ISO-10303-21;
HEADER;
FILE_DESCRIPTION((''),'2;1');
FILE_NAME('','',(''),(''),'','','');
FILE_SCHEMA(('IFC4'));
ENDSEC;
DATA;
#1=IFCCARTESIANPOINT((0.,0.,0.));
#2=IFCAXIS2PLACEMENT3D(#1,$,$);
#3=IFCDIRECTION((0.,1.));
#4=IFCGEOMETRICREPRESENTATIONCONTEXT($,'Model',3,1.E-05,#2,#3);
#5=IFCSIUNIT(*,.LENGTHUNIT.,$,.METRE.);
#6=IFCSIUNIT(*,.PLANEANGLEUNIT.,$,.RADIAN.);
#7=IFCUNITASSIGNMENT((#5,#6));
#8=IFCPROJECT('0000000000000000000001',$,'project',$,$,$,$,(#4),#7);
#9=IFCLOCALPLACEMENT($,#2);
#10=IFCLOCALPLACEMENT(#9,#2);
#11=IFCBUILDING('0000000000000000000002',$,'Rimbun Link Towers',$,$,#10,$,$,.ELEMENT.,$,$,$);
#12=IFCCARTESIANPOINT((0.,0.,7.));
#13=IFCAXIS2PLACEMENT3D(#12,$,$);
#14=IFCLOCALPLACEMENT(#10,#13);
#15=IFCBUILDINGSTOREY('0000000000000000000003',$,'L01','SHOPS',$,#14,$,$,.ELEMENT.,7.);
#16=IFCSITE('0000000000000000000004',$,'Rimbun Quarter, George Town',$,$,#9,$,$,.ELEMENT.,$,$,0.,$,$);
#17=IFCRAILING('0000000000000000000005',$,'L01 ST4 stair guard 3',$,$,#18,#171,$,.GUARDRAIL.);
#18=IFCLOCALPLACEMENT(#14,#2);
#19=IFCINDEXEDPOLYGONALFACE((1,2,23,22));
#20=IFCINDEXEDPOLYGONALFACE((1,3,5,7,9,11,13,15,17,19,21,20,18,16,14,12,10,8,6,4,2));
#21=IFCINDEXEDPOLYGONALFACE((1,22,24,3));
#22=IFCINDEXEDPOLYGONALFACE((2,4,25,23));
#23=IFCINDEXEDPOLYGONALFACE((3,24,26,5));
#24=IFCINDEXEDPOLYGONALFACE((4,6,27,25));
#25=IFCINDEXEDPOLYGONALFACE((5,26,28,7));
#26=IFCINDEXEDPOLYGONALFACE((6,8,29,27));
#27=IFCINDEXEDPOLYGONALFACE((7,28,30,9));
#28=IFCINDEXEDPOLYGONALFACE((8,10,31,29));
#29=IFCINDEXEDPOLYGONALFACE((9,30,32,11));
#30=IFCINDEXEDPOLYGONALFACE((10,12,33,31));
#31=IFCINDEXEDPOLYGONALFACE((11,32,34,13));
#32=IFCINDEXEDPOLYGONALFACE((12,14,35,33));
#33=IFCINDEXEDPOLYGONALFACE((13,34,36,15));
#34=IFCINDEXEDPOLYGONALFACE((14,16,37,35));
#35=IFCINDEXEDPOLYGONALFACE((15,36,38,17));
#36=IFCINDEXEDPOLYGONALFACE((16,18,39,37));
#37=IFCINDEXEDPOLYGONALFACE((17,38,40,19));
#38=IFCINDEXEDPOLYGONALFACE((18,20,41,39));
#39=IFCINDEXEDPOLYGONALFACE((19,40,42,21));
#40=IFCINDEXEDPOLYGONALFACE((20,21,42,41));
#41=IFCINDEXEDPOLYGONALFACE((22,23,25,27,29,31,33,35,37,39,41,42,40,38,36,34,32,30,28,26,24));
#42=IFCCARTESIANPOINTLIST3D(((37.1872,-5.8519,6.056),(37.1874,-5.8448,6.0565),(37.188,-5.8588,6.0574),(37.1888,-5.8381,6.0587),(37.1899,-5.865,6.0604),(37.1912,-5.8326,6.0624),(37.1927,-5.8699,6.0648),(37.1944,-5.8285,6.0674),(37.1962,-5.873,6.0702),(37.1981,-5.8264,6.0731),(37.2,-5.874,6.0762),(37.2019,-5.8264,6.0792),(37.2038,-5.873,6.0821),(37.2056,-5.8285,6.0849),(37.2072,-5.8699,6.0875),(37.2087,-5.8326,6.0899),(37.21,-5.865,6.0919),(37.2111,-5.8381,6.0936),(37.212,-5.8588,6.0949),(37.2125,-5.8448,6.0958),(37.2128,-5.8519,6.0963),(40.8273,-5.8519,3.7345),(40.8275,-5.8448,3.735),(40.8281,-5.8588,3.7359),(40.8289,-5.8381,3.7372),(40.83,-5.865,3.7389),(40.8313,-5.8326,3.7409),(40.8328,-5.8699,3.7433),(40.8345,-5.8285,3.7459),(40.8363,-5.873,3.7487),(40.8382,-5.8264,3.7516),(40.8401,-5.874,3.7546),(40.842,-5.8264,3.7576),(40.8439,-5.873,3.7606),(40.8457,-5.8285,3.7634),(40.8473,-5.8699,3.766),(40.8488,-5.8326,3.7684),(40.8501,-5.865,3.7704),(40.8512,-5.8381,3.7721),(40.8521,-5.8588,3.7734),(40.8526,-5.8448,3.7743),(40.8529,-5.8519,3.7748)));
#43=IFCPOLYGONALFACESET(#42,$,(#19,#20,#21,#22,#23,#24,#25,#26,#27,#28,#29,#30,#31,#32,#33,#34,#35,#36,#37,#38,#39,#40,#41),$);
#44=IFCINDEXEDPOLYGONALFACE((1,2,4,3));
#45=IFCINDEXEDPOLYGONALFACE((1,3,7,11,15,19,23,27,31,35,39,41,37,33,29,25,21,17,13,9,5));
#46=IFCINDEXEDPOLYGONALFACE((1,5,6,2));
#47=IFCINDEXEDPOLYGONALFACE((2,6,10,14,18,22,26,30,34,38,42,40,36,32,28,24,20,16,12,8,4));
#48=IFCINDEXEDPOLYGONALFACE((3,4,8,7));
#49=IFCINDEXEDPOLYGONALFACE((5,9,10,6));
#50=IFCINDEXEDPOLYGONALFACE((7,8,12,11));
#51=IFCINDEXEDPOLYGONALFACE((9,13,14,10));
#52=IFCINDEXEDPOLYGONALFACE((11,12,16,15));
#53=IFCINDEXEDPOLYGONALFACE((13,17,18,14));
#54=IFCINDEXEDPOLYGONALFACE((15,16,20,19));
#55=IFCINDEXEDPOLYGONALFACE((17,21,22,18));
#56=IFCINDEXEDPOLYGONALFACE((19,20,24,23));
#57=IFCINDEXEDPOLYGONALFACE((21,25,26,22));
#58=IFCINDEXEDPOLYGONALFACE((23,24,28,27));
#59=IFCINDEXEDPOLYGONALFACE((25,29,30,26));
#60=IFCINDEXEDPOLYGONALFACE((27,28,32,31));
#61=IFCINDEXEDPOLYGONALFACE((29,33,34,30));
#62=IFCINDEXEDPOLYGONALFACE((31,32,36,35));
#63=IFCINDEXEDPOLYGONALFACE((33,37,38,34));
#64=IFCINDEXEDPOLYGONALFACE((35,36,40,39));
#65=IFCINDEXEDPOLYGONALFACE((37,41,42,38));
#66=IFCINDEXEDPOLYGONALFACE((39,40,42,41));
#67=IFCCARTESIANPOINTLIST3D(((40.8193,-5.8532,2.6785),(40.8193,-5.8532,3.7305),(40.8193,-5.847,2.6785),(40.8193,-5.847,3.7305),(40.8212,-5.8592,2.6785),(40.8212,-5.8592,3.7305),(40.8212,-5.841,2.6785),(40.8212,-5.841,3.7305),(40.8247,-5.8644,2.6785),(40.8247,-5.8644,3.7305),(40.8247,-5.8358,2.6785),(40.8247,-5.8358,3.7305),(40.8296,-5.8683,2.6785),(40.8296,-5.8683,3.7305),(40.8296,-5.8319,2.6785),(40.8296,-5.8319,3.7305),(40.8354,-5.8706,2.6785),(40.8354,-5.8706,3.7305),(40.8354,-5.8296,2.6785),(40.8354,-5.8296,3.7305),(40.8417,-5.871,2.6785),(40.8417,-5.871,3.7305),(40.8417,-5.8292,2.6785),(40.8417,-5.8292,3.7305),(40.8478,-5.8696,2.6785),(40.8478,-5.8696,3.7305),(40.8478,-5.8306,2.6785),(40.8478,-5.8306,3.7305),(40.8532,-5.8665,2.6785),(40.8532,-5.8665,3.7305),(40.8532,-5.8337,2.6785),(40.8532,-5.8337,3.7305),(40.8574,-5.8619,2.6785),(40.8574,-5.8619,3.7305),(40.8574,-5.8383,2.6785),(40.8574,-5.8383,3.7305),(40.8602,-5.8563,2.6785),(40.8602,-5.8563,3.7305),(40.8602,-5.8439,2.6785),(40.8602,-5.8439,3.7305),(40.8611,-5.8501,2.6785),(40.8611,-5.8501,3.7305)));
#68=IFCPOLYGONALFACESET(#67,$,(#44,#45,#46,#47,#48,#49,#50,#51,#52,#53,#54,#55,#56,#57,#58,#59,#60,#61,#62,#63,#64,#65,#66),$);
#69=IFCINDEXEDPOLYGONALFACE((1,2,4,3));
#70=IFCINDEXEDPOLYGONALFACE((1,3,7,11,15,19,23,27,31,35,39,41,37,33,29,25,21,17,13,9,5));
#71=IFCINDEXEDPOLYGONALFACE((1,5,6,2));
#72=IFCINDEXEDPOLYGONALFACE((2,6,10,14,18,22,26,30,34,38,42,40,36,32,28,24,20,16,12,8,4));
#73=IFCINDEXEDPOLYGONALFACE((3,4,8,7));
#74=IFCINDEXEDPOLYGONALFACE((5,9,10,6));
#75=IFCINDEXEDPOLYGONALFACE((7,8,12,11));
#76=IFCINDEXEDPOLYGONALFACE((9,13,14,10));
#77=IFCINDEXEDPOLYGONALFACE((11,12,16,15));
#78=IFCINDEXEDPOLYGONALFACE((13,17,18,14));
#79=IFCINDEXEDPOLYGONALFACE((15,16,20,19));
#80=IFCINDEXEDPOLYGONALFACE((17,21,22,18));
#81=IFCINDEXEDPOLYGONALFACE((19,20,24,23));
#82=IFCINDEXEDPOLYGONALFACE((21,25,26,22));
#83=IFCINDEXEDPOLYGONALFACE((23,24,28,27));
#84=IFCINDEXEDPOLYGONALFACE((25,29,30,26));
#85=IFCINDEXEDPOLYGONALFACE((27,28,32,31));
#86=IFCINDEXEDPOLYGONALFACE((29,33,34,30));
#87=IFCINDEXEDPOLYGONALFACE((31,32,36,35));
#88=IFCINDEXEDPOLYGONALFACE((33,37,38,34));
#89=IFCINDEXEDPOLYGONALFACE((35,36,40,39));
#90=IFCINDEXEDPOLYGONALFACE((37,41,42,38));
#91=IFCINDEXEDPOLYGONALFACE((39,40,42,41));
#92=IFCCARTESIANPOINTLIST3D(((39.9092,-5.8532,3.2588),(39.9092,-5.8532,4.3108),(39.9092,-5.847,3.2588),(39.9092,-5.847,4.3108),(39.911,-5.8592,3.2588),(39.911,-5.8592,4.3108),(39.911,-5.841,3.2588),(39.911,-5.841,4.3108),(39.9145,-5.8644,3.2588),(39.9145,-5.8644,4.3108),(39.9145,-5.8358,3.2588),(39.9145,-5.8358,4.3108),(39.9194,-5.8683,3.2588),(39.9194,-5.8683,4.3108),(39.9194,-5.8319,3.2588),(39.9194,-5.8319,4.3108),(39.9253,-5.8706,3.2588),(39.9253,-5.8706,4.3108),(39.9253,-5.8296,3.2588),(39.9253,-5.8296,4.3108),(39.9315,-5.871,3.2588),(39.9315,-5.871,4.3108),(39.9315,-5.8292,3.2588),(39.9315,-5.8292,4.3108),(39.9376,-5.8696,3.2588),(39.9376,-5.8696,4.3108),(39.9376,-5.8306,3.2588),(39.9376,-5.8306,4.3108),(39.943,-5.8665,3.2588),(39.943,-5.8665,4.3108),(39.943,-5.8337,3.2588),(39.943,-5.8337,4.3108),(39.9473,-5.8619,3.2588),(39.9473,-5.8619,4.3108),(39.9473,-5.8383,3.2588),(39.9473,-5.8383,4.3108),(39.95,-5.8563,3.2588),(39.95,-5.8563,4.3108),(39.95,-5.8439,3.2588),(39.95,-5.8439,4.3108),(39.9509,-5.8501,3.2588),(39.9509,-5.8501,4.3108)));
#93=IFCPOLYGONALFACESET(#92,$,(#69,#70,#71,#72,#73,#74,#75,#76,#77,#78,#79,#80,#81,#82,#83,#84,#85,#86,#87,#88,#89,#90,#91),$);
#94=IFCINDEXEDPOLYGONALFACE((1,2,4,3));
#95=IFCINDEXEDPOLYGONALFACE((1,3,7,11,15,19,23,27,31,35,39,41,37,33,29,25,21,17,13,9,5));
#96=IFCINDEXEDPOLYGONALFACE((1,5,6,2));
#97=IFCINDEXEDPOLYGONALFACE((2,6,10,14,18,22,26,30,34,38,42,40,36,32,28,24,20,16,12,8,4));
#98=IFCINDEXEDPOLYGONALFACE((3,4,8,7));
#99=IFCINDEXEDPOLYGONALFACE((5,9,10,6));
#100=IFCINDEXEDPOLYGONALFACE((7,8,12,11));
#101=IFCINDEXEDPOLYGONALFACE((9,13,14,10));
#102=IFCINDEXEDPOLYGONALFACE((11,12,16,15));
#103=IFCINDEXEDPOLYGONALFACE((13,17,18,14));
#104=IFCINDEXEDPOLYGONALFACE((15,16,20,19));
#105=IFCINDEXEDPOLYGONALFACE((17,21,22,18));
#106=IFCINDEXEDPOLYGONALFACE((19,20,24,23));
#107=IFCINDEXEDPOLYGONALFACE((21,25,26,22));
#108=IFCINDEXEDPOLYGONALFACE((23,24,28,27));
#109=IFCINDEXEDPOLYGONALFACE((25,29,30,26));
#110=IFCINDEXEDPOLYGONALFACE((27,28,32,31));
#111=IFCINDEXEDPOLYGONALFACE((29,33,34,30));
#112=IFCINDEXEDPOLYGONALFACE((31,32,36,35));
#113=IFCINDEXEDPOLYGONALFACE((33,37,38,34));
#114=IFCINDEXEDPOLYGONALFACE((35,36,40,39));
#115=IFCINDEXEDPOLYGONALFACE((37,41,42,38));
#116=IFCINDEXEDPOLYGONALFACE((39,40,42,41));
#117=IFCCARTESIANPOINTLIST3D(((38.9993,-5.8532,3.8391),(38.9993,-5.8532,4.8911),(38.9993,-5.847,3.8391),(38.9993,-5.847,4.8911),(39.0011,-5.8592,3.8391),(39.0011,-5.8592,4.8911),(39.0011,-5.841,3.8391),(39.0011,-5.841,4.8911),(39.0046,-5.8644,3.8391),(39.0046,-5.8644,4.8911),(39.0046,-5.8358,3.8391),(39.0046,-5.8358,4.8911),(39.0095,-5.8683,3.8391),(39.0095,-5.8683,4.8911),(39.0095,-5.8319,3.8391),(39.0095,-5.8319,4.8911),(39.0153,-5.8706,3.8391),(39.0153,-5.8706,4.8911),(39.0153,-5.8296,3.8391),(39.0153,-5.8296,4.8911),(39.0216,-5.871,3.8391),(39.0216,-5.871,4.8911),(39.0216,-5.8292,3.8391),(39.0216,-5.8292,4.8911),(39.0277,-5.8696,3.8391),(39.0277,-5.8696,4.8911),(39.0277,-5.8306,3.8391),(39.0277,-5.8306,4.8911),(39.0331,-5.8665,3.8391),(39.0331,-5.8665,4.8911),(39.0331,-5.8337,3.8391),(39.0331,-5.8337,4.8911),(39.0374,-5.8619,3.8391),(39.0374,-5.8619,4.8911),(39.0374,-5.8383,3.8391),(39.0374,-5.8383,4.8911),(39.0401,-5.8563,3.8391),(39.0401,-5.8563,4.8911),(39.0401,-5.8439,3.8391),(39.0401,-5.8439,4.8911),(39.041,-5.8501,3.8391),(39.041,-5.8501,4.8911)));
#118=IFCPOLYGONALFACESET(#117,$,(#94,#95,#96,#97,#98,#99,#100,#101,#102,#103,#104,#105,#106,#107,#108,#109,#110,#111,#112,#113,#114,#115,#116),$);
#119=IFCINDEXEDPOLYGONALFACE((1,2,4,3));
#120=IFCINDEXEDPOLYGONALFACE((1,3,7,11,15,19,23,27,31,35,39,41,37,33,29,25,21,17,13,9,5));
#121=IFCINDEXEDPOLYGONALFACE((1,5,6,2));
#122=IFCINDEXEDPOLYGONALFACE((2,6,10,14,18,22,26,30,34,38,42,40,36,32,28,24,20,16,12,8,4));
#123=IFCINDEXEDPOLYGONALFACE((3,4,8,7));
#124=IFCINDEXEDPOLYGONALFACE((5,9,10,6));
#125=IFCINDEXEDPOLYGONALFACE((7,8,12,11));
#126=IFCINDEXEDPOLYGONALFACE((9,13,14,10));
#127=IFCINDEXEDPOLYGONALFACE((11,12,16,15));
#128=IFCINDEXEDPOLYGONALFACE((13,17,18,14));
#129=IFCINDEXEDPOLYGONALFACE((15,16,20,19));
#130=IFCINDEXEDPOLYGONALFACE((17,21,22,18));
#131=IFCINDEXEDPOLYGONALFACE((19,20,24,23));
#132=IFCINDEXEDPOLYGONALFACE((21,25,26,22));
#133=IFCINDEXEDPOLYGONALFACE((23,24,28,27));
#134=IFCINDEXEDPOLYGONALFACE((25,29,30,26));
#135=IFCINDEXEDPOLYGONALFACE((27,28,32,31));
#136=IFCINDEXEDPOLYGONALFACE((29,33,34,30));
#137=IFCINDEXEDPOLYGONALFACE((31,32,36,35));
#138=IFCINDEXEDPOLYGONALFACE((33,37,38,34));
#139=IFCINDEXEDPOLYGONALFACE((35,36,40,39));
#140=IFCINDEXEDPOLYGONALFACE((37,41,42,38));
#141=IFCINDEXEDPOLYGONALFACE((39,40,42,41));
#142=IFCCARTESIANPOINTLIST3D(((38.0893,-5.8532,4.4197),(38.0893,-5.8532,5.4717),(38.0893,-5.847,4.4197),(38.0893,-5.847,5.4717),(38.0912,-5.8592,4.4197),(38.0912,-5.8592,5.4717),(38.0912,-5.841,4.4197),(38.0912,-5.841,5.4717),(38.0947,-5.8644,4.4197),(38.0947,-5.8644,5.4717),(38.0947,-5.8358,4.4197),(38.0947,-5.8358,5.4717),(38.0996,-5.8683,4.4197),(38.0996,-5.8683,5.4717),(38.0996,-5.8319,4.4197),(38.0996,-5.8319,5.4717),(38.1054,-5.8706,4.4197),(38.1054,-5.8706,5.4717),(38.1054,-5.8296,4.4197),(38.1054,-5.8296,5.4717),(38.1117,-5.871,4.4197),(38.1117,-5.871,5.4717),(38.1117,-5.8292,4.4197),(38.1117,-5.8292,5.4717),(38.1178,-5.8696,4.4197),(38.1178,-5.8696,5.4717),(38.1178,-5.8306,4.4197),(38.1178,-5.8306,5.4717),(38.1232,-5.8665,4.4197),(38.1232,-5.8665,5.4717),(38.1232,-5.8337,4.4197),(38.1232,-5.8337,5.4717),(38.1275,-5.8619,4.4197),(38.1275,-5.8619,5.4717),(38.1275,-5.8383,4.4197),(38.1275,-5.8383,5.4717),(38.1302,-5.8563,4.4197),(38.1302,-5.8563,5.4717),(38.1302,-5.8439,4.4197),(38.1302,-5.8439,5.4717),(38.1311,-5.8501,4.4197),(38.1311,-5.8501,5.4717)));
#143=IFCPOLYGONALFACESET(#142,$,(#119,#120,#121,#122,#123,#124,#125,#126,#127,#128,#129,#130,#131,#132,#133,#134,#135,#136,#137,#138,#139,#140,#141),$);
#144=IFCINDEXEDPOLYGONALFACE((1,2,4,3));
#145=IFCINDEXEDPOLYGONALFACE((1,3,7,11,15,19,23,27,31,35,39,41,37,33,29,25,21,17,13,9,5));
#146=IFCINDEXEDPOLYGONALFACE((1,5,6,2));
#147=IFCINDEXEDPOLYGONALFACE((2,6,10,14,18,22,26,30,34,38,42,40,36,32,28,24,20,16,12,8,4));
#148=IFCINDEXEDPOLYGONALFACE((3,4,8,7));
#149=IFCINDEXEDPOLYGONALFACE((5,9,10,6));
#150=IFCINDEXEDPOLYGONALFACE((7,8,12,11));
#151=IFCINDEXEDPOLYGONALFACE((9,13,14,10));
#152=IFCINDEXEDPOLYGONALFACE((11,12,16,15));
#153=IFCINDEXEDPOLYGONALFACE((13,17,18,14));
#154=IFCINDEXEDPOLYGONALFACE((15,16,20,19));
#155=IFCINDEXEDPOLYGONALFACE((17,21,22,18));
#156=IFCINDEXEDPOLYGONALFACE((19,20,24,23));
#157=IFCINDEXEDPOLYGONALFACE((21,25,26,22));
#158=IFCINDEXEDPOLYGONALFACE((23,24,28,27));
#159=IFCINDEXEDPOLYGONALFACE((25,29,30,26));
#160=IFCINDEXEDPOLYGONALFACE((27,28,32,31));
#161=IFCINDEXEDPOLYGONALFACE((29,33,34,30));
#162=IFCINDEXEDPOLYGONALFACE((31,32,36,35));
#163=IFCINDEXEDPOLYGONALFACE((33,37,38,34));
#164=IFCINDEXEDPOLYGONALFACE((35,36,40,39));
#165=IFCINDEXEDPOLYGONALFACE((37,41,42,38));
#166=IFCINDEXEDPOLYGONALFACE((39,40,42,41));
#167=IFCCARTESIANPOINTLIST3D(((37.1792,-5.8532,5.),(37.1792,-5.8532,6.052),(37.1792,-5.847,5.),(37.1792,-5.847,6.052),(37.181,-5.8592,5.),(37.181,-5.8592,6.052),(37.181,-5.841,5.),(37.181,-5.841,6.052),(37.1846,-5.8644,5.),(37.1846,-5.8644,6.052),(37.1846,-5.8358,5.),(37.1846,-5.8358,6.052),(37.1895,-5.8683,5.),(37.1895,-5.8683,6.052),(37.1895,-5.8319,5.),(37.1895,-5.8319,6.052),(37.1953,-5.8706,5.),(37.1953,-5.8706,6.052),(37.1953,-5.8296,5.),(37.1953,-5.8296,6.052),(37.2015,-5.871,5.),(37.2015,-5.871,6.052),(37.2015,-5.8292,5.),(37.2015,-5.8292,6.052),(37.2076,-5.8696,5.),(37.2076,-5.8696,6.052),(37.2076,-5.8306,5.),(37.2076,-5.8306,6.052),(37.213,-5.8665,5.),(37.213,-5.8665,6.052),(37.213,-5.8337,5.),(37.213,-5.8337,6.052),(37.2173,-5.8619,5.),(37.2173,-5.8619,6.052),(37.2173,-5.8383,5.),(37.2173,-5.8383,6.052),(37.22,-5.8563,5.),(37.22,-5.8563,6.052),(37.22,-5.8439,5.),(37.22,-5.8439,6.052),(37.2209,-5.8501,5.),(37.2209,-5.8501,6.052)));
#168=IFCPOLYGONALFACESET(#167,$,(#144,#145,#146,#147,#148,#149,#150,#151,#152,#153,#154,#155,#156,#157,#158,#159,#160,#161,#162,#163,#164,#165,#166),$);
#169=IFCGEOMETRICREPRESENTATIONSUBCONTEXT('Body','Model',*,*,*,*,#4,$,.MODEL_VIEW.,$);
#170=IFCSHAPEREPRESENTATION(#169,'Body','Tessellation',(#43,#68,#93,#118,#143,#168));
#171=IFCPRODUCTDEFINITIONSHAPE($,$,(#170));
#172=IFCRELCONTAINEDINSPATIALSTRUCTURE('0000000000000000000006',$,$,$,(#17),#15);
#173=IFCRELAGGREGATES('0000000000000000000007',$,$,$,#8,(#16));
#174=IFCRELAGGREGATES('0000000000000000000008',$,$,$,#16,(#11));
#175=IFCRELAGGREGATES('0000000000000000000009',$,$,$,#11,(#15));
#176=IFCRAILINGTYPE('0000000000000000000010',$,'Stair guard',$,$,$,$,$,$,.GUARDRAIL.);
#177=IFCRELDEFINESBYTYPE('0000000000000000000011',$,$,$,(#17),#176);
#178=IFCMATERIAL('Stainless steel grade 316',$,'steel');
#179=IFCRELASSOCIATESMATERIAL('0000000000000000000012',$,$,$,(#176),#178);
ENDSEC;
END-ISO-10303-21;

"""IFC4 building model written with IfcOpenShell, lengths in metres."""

from ifc_helpers import new_model, si_unit, direction, frame, origin, origin_2d, place, context, subcontext, project, spatial, circle, extrude, material, type_object, element, save


model = new_model("IFC4")

# Units and contexts
model_context = context("Model", 3, precision=1e-05, world=origin(), true_north=direction((0.0, 1.0)))
body_context = subcontext(model_context, "Body", "Model", "MODEL_VIEW")
ifc_project = project(units=[si_unit("LENGTHUNIT", "METRE"), si_unit("PLANEANGLEUNIT", "RADIAN")], contexts=[model_context])

# Site, building, storey
site_placement = place(None, origin())
site = spatial("IfcSite", under=ifc_project, at=site_placement, Name="Rimbun Quarter, George Town", CompositionType="ELEMENT", RefElevation=0.0)
building_placement = place(site_placement, origin())
building = spatial("IfcBuilding", under=site, at=building_placement, Name="Rimbun Link Towers", CompositionType="ELEMENT")
storey_placement = place(building_placement, frame((0.0, 0.0, 7.0)))
storey = spatial("IfcBuildingStorey", under=building, at=storey_placement, Name="L01", Description="SHOPS", CompositionType="ELEMENT", Elevation=7.0)

# Railing
ifc_material_1 = material(Name="Stainless steel grade 316", Category="steel")
railing_type_1 = type_object("IfcRailingType", Name="Stair guard", PredefinedType="GUARDRAIL", material=ifc_material_1)
railing_1_placement = place(storey_placement, frame((40.8401, -5.8501, 2.6785)))
element("IfcRailing", 1, at=railing_1_placement, inside=storey, type_object=railing_type_1, Name="L01 ST4 stair guard 3", PredefinedType="GUARDRAIL", context=body_context, shape_type="SweptSolid", body=[
    extrude(circle(Radius=0.0239, at=origin_2d()), frame((0.0, 0.0, 1.0762), z_axis=(-0.843128, 0.0, 0.537713), x_axis=(0.0, -1.0, 0.0)), (0.0, 0.0, 1.0), 4.3174),
    extrude(circle(Radius=0.021, at=origin_2d()), origin(), (0.0, 0.0, 1.0), 1.052),
    extrude(circle(Radius=0.021, at=origin_2d()), frame((-0.9102, 0.0, 0.5803)), (0.0, 0.0, 1.0), 1.052),
    extrude(circle(Radius=0.021, at=origin_2d()), frame((-1.8201, 0.0, 1.1606)), (0.0, 0.0, 1.0), 1.052),
    extrude(circle(Radius=0.021, at=origin_2d()), frame((-2.73, 0.0, 1.7412)), (0.0, 0.0, 1.0), 1.052),
    extrude(circle(Radius=0.021, at=origin_2d()), frame((-3.6401, 0.0, 2.3215)), (0.0, 0.0, 1.0), 1.052),
])

save(model, "model.ifc")
